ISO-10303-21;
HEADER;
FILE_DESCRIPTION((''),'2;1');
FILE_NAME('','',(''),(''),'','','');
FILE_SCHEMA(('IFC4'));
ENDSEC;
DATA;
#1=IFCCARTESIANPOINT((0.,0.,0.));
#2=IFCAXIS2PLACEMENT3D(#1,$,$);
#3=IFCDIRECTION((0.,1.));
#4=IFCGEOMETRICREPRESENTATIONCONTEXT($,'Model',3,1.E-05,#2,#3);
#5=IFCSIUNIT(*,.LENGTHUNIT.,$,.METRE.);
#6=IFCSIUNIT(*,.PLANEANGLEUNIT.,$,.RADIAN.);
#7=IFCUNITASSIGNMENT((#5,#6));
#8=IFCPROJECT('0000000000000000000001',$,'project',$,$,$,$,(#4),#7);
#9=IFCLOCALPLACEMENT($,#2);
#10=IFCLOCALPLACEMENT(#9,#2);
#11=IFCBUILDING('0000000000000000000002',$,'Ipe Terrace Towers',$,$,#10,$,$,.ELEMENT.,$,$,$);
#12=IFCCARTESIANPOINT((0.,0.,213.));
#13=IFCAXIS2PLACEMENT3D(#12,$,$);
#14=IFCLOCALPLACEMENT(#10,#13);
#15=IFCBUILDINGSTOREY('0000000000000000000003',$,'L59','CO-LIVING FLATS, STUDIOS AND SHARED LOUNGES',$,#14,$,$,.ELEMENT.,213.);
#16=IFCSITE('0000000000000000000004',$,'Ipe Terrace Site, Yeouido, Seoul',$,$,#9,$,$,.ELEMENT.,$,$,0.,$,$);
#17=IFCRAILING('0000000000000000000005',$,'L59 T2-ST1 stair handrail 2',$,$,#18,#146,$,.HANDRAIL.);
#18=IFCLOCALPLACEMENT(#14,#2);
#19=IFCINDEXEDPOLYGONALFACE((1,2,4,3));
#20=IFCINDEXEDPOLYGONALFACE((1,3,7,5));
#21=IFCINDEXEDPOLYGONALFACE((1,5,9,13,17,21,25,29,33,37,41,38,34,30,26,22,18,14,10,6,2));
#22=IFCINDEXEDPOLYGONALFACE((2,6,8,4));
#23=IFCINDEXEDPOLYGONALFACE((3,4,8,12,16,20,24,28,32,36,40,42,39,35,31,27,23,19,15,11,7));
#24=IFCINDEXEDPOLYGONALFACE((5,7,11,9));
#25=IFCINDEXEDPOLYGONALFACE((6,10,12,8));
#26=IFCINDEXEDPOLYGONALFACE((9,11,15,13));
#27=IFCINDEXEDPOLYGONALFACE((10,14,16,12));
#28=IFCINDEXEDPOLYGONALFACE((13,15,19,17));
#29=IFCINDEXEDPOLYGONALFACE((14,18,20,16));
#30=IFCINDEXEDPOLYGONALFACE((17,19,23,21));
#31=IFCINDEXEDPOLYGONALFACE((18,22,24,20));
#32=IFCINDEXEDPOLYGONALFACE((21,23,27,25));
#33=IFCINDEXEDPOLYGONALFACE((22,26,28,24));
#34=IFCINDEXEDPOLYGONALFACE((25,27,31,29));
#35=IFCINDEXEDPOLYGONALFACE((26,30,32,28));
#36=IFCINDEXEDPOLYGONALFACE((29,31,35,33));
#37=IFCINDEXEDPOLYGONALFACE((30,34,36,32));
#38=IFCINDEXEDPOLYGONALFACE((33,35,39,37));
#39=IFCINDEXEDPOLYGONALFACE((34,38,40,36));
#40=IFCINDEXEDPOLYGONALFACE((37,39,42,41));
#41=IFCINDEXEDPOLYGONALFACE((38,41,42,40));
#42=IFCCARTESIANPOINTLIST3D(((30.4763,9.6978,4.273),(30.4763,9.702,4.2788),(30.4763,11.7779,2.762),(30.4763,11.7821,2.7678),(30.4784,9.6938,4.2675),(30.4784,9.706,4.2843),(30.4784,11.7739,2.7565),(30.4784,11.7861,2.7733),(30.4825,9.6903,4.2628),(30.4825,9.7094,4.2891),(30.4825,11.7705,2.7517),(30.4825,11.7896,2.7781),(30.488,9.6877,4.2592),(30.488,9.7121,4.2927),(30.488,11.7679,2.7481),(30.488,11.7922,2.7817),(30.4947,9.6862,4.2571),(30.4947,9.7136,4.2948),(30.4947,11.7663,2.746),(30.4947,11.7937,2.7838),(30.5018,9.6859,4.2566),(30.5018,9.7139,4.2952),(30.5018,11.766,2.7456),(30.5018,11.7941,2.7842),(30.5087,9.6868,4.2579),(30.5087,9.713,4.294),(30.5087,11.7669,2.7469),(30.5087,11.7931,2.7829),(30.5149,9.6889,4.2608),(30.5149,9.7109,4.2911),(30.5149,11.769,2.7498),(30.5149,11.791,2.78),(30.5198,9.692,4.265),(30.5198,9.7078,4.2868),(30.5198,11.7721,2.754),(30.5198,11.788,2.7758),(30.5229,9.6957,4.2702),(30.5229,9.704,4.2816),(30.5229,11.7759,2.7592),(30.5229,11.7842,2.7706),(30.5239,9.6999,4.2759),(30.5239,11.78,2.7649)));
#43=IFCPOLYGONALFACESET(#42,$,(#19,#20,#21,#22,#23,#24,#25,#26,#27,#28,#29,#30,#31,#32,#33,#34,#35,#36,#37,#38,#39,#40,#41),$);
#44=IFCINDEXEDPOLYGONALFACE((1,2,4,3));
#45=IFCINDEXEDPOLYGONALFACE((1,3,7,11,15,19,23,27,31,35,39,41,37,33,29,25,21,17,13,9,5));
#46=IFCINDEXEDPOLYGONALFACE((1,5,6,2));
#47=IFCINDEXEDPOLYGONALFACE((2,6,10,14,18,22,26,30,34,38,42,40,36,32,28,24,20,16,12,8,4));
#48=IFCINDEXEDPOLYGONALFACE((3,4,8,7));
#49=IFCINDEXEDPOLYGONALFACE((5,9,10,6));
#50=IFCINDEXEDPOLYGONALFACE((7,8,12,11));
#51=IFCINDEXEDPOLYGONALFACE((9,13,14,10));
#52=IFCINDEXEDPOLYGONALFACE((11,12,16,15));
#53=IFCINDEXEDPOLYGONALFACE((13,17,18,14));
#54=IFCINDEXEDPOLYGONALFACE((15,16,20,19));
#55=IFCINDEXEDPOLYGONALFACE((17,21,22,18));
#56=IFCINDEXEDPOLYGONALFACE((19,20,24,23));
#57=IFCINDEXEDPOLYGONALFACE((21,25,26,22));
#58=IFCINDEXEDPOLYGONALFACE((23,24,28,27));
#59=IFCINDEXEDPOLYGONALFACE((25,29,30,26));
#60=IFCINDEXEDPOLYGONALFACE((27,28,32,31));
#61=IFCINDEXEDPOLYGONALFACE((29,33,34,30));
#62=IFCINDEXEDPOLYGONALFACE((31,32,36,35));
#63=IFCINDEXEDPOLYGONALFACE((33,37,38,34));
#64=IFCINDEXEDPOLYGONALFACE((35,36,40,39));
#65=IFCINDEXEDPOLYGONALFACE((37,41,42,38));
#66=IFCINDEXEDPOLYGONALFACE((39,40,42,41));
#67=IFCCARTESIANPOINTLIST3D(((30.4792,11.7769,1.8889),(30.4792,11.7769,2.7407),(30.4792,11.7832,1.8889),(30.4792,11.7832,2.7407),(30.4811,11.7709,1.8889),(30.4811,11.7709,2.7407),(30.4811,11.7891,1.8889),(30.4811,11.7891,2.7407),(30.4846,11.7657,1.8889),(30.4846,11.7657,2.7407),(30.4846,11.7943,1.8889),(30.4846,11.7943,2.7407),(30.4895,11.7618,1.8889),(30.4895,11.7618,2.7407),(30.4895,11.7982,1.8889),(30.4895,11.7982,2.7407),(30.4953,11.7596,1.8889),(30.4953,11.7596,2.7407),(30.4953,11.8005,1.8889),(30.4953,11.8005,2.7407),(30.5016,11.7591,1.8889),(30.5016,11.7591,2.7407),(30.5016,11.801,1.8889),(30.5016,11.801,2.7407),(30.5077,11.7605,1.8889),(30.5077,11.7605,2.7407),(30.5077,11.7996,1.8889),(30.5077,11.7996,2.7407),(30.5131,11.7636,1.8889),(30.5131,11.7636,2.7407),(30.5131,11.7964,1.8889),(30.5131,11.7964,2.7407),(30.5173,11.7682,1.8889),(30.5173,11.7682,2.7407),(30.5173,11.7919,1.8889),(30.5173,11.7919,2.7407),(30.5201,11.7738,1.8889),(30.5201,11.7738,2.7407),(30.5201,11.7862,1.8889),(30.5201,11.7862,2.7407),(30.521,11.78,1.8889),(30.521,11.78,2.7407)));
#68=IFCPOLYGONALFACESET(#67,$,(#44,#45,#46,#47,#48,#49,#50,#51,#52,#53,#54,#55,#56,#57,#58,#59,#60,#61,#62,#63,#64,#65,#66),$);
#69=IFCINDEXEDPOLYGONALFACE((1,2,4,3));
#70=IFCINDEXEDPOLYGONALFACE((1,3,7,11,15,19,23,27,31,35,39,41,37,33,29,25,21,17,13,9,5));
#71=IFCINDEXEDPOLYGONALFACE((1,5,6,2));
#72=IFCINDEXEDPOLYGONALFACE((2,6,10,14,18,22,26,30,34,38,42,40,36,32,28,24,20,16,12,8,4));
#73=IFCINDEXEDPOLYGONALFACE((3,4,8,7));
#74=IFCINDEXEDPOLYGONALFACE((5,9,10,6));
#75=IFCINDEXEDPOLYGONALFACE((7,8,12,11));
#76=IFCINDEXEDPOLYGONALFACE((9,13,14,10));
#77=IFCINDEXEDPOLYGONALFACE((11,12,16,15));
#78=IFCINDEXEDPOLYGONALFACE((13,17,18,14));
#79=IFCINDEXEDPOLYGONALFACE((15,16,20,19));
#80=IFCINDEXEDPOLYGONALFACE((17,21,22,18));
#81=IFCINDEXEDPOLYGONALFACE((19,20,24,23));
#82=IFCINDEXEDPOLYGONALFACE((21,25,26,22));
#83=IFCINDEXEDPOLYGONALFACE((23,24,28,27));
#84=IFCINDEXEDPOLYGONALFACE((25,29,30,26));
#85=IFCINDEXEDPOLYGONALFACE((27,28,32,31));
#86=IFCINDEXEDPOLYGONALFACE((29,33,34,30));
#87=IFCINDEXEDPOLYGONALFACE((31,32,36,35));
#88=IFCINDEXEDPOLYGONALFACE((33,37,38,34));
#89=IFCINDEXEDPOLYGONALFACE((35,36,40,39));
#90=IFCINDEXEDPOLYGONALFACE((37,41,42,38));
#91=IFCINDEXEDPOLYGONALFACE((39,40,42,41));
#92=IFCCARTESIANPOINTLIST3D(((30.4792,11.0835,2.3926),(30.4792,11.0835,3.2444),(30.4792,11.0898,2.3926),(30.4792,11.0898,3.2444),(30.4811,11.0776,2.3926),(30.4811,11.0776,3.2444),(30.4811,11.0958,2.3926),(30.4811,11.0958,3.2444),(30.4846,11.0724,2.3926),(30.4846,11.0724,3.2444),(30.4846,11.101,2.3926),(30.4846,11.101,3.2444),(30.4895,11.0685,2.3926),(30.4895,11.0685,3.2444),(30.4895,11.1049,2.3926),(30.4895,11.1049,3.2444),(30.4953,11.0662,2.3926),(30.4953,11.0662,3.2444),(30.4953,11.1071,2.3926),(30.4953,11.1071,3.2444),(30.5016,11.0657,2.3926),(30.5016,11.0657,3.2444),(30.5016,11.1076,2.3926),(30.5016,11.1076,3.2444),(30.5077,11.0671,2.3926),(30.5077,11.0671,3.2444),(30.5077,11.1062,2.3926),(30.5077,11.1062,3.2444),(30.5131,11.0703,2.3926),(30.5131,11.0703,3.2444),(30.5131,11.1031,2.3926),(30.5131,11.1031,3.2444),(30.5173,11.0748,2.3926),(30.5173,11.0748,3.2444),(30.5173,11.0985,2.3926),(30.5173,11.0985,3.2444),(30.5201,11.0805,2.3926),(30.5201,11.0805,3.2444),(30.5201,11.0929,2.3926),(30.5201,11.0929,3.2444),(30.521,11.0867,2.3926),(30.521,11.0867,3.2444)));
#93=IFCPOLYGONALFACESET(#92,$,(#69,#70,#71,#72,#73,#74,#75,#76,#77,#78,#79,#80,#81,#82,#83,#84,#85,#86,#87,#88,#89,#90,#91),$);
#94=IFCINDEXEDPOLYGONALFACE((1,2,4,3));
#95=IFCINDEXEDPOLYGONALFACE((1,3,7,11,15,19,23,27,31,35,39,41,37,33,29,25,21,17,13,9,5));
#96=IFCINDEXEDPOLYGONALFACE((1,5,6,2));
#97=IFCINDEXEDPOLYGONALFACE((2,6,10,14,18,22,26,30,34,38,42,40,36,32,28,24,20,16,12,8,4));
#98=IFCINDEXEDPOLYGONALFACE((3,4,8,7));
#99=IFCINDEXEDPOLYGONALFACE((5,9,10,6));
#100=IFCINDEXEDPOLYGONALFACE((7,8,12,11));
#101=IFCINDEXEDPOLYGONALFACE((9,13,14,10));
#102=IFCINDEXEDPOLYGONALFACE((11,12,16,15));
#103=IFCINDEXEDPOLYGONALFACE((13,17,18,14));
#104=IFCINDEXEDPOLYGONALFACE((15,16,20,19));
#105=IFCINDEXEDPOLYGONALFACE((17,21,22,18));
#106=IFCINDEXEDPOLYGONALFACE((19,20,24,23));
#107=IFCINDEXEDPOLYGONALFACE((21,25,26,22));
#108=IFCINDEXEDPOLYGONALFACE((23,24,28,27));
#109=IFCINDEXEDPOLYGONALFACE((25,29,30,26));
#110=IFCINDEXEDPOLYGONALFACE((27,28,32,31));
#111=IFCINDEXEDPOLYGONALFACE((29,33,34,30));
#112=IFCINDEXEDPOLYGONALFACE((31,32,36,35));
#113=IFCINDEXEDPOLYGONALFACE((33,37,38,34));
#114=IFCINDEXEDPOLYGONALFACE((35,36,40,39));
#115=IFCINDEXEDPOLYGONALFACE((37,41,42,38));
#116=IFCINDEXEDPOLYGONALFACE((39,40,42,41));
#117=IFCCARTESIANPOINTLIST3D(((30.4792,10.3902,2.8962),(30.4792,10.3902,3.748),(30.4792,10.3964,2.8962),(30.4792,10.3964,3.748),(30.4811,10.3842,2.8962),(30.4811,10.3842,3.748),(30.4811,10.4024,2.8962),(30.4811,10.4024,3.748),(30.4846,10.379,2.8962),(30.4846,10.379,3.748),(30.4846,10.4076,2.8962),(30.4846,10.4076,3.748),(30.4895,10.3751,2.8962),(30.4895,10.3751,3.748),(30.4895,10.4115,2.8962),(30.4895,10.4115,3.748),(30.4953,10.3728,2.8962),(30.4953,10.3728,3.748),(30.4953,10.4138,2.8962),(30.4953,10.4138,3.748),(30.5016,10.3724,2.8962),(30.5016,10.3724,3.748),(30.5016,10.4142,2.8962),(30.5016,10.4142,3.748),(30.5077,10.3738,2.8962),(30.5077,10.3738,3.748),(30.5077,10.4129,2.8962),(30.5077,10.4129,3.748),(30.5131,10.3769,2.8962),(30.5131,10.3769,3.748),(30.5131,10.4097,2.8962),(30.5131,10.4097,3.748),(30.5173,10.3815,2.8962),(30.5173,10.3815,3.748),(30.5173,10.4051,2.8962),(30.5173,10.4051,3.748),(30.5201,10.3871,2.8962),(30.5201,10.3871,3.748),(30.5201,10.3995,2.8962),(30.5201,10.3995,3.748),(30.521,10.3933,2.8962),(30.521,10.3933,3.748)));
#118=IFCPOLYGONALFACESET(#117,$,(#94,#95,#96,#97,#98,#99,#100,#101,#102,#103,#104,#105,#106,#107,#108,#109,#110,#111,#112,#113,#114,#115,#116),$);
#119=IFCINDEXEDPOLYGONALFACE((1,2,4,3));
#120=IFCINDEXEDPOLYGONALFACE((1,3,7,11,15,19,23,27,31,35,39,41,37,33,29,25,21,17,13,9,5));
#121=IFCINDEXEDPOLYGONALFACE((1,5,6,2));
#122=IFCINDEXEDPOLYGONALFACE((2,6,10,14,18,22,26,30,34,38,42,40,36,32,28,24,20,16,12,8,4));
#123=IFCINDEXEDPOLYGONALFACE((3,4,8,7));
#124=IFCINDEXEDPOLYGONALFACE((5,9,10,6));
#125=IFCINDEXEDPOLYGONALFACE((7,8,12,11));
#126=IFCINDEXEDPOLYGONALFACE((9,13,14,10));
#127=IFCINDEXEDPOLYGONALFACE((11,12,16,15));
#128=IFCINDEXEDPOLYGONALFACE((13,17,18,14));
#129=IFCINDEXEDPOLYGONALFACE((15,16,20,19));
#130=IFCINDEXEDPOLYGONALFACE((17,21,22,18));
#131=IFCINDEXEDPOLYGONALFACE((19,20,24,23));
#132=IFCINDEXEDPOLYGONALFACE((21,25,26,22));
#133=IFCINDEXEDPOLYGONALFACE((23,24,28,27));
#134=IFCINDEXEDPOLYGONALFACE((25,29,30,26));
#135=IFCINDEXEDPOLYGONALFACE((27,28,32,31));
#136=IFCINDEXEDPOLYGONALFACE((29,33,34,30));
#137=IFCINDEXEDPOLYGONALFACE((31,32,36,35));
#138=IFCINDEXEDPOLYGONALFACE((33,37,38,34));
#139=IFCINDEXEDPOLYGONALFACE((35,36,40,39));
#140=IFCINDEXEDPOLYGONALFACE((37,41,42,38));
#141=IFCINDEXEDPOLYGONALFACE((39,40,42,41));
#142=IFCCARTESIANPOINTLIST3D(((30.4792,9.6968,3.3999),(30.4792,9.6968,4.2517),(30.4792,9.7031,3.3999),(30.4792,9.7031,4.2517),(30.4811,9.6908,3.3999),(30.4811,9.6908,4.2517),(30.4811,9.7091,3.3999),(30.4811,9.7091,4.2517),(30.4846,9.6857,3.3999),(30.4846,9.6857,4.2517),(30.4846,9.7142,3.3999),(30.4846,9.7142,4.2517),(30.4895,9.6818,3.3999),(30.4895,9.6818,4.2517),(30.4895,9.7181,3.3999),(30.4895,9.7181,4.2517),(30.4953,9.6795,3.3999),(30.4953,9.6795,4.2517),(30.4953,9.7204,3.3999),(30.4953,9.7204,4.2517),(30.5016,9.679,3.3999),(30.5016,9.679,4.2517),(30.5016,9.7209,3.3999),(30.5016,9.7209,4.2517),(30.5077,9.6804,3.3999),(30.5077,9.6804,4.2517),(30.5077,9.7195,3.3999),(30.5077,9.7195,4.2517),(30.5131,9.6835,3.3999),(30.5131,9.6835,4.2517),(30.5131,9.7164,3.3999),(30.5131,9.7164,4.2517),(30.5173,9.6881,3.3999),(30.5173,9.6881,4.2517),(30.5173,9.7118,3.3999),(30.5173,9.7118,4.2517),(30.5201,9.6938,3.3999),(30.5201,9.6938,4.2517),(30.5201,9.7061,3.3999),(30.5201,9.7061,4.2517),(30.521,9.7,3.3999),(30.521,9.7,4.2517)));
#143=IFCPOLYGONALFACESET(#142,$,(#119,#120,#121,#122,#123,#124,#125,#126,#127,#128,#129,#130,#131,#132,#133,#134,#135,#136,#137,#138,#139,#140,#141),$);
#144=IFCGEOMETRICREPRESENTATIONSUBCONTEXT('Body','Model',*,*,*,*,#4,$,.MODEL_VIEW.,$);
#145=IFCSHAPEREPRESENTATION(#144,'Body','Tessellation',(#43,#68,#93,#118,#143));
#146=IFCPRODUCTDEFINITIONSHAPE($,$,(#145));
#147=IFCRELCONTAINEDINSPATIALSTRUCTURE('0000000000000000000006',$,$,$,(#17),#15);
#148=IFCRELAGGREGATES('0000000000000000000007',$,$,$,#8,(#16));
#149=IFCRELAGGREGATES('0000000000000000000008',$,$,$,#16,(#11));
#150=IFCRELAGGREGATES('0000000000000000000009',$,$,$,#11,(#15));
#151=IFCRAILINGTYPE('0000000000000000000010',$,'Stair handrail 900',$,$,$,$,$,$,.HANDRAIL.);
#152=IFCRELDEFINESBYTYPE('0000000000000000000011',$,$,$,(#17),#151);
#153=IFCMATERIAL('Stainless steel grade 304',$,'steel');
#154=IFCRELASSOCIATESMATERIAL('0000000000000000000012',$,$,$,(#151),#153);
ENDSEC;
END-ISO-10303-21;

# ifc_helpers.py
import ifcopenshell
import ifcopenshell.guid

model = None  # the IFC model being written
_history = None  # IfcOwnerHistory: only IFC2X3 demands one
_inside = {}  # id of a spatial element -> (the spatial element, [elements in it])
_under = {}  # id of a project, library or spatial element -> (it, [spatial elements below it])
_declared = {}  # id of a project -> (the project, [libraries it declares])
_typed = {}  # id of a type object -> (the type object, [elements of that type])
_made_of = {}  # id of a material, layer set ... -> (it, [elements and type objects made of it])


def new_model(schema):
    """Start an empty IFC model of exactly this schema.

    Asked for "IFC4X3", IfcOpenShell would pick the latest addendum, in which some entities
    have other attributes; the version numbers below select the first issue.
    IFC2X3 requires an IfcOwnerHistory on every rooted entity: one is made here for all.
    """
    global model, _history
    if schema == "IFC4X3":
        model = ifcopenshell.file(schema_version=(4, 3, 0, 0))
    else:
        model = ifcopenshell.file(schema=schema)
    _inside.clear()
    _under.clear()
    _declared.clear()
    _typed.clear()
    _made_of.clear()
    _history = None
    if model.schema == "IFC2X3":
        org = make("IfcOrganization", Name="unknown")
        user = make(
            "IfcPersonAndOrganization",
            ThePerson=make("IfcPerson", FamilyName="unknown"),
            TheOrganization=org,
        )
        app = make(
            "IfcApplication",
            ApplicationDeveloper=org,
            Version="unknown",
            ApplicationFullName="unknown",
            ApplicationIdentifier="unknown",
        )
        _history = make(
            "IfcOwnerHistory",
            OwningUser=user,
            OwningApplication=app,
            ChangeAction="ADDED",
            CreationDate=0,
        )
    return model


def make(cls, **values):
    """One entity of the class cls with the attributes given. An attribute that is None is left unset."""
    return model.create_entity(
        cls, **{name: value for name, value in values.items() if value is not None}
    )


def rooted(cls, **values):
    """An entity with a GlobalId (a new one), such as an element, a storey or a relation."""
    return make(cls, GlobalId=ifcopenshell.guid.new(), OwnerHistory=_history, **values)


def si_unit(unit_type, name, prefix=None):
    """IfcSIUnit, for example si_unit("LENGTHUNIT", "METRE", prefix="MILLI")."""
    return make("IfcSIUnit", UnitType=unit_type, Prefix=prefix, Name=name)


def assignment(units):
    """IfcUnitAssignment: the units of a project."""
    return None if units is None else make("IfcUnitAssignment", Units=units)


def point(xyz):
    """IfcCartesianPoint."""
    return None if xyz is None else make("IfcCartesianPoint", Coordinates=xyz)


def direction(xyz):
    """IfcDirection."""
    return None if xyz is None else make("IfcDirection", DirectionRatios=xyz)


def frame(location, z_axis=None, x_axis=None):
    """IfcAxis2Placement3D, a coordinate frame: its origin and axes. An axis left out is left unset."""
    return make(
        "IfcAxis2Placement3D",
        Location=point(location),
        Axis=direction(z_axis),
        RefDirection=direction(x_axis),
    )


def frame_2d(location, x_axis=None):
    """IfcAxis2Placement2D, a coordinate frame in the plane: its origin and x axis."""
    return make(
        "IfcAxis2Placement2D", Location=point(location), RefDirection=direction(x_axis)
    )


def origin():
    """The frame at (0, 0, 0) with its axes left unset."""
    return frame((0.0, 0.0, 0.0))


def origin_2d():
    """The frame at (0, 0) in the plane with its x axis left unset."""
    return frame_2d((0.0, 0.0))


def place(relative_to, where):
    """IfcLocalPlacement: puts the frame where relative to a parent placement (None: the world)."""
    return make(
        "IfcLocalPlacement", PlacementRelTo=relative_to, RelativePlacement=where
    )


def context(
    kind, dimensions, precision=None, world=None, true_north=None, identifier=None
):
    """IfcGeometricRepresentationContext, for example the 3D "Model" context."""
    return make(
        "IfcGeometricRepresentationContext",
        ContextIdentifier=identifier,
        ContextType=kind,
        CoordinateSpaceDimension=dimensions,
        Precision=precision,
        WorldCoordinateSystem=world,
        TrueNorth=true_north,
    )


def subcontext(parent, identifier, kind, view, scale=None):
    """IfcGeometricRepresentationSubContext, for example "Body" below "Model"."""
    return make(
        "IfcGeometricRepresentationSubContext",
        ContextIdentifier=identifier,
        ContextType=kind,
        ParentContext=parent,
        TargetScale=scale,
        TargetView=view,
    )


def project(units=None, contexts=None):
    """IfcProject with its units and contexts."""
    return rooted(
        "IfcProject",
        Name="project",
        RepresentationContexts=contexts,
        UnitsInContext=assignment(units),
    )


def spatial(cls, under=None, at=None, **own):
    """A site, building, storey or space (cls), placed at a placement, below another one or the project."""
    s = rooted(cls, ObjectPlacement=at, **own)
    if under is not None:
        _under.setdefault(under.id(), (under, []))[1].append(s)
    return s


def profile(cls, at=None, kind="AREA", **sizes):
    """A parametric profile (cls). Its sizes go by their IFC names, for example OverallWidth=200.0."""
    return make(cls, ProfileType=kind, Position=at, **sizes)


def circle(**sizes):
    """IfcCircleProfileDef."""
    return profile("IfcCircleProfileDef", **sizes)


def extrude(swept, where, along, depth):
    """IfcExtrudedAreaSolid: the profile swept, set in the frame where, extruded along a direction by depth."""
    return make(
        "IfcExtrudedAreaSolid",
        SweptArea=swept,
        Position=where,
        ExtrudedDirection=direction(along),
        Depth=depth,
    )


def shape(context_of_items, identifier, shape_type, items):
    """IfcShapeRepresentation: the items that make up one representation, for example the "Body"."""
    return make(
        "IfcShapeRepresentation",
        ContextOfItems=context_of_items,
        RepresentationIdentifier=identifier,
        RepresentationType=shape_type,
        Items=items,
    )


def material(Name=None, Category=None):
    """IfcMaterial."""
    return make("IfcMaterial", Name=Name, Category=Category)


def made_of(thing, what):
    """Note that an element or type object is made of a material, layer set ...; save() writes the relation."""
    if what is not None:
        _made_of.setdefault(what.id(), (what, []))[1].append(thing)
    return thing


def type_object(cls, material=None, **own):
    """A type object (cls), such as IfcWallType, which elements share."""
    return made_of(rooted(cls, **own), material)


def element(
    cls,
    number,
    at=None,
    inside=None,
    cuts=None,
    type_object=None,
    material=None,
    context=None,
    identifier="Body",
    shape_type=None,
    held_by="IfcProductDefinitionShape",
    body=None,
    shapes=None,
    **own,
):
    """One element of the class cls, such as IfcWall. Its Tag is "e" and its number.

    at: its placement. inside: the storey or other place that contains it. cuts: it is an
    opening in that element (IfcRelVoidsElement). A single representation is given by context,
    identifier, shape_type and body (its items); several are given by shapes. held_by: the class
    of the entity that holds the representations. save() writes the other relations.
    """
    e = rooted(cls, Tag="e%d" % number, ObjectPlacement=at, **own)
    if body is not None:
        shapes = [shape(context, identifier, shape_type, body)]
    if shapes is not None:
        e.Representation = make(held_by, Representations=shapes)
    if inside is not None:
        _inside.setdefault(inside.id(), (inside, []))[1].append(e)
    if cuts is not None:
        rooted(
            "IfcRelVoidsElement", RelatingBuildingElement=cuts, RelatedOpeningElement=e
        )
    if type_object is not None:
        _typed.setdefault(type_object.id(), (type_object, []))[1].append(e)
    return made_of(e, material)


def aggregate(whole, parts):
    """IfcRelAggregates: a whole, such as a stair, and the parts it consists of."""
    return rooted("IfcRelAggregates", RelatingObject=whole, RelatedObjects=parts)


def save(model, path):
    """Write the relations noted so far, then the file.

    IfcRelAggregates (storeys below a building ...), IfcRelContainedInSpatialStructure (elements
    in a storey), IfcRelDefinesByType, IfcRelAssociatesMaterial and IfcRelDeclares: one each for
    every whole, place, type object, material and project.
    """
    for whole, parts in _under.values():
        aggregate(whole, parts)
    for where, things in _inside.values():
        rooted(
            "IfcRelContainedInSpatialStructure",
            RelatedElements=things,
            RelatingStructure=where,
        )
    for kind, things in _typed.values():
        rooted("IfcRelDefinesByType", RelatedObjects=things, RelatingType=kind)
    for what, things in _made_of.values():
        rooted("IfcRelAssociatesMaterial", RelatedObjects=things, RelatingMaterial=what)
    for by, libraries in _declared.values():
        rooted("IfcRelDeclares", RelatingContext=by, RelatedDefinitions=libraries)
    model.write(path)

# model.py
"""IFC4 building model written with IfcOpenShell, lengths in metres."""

from ifc_helpers import new_model, si_unit, direction, frame, origin, origin_2d, place, context, subcontext, project, spatial, circle, extrude, material, type_object, element, save


model = new_model("IFC4")

# Units and contexts
model_context = context("Model", 3, precision=1e-05, world=origin(), true_north=direction((0.0, 1.0)))
body_context = subcontext(model_context, "Body", "Model", "MODEL_VIEW")
ifc_project = project(units=[si_unit("LENGTHUNIT", "METRE"), si_unit("PLANEANGLEUNIT", "RADIAN")], contexts=[model_context])

# Site, building, storey
site_placement = place(None, origin())
site = spatial("IfcSite", under=ifc_project, at=site_placement, Name="Ipe Terrace Site, Yeouido, Seoul", CompositionType="ELEMENT", RefElevation=0.0)
building_placement = place(site_placement, origin())
building = spatial("IfcBuilding", under=site, at=building_placement, Name="Ipe Terrace Towers", CompositionType="ELEMENT")
storey_placement = place(building_placement, frame((0.0, 0.0, 213.0)))
storey = spatial("IfcBuildingStorey", under=building, at=storey_placement, Name="L59", Description="CO-LIVING FLATS, STUDIOS AND SHARED LOUNGES", CompositionType="ELEMENT", Elevation=213.0)

# Railing
ifc_material_1 = material(Name="Stainless steel grade 304", Category="steel")
railing_type_1 = type_object("IfcRailingType", Name="Stair handrail 900", PredefinedType="HANDRAIL", material=ifc_material_1)
railing_1_placement = place(storey_placement, frame((30.5, 11.78, 1.8889)))
element("IfcRailing", 1, at=railing_1_placement, inside=storey, type_object=railing_type_1, Name="L59 T2-ST1 stair handrail 2", PredefinedType="HANDRAIL", context=body_context, shape_type="SweptSolid", body=[
    extrude(circle(Radius=0.0239, at=origin_2d()), frame((0.0, 0.0, 0.876), z_axis=(0.0, -0.809069, 0.587714), x_axis=(1.0, 0.0, 0.0)), (0.0, 0.0, 1.0), 2.571),
    extrude(circle(Radius=0.021, at=origin_2d()), origin(), (0.0, 0.0, 1.0), 0.8518),
    extrude(circle(Radius=0.021, at=origin_2d()), frame((0.0, -0.6934, 0.5037)), (0.0, 0.0, 1.0), 0.8518),
    extrude(circle(Radius=0.021, at=origin_2d()), frame((0.0, -1.3867, 1.0073)), (0.0, 0.0, 1.0), 0.8518),
    extrude(circle(Radius=0.021, at=origin_2d()), frame((0.0, -2.0801, 1.511)), (0.0, 0.0, 1.0), 0.8518),
])

save(model, "model.ifc")
